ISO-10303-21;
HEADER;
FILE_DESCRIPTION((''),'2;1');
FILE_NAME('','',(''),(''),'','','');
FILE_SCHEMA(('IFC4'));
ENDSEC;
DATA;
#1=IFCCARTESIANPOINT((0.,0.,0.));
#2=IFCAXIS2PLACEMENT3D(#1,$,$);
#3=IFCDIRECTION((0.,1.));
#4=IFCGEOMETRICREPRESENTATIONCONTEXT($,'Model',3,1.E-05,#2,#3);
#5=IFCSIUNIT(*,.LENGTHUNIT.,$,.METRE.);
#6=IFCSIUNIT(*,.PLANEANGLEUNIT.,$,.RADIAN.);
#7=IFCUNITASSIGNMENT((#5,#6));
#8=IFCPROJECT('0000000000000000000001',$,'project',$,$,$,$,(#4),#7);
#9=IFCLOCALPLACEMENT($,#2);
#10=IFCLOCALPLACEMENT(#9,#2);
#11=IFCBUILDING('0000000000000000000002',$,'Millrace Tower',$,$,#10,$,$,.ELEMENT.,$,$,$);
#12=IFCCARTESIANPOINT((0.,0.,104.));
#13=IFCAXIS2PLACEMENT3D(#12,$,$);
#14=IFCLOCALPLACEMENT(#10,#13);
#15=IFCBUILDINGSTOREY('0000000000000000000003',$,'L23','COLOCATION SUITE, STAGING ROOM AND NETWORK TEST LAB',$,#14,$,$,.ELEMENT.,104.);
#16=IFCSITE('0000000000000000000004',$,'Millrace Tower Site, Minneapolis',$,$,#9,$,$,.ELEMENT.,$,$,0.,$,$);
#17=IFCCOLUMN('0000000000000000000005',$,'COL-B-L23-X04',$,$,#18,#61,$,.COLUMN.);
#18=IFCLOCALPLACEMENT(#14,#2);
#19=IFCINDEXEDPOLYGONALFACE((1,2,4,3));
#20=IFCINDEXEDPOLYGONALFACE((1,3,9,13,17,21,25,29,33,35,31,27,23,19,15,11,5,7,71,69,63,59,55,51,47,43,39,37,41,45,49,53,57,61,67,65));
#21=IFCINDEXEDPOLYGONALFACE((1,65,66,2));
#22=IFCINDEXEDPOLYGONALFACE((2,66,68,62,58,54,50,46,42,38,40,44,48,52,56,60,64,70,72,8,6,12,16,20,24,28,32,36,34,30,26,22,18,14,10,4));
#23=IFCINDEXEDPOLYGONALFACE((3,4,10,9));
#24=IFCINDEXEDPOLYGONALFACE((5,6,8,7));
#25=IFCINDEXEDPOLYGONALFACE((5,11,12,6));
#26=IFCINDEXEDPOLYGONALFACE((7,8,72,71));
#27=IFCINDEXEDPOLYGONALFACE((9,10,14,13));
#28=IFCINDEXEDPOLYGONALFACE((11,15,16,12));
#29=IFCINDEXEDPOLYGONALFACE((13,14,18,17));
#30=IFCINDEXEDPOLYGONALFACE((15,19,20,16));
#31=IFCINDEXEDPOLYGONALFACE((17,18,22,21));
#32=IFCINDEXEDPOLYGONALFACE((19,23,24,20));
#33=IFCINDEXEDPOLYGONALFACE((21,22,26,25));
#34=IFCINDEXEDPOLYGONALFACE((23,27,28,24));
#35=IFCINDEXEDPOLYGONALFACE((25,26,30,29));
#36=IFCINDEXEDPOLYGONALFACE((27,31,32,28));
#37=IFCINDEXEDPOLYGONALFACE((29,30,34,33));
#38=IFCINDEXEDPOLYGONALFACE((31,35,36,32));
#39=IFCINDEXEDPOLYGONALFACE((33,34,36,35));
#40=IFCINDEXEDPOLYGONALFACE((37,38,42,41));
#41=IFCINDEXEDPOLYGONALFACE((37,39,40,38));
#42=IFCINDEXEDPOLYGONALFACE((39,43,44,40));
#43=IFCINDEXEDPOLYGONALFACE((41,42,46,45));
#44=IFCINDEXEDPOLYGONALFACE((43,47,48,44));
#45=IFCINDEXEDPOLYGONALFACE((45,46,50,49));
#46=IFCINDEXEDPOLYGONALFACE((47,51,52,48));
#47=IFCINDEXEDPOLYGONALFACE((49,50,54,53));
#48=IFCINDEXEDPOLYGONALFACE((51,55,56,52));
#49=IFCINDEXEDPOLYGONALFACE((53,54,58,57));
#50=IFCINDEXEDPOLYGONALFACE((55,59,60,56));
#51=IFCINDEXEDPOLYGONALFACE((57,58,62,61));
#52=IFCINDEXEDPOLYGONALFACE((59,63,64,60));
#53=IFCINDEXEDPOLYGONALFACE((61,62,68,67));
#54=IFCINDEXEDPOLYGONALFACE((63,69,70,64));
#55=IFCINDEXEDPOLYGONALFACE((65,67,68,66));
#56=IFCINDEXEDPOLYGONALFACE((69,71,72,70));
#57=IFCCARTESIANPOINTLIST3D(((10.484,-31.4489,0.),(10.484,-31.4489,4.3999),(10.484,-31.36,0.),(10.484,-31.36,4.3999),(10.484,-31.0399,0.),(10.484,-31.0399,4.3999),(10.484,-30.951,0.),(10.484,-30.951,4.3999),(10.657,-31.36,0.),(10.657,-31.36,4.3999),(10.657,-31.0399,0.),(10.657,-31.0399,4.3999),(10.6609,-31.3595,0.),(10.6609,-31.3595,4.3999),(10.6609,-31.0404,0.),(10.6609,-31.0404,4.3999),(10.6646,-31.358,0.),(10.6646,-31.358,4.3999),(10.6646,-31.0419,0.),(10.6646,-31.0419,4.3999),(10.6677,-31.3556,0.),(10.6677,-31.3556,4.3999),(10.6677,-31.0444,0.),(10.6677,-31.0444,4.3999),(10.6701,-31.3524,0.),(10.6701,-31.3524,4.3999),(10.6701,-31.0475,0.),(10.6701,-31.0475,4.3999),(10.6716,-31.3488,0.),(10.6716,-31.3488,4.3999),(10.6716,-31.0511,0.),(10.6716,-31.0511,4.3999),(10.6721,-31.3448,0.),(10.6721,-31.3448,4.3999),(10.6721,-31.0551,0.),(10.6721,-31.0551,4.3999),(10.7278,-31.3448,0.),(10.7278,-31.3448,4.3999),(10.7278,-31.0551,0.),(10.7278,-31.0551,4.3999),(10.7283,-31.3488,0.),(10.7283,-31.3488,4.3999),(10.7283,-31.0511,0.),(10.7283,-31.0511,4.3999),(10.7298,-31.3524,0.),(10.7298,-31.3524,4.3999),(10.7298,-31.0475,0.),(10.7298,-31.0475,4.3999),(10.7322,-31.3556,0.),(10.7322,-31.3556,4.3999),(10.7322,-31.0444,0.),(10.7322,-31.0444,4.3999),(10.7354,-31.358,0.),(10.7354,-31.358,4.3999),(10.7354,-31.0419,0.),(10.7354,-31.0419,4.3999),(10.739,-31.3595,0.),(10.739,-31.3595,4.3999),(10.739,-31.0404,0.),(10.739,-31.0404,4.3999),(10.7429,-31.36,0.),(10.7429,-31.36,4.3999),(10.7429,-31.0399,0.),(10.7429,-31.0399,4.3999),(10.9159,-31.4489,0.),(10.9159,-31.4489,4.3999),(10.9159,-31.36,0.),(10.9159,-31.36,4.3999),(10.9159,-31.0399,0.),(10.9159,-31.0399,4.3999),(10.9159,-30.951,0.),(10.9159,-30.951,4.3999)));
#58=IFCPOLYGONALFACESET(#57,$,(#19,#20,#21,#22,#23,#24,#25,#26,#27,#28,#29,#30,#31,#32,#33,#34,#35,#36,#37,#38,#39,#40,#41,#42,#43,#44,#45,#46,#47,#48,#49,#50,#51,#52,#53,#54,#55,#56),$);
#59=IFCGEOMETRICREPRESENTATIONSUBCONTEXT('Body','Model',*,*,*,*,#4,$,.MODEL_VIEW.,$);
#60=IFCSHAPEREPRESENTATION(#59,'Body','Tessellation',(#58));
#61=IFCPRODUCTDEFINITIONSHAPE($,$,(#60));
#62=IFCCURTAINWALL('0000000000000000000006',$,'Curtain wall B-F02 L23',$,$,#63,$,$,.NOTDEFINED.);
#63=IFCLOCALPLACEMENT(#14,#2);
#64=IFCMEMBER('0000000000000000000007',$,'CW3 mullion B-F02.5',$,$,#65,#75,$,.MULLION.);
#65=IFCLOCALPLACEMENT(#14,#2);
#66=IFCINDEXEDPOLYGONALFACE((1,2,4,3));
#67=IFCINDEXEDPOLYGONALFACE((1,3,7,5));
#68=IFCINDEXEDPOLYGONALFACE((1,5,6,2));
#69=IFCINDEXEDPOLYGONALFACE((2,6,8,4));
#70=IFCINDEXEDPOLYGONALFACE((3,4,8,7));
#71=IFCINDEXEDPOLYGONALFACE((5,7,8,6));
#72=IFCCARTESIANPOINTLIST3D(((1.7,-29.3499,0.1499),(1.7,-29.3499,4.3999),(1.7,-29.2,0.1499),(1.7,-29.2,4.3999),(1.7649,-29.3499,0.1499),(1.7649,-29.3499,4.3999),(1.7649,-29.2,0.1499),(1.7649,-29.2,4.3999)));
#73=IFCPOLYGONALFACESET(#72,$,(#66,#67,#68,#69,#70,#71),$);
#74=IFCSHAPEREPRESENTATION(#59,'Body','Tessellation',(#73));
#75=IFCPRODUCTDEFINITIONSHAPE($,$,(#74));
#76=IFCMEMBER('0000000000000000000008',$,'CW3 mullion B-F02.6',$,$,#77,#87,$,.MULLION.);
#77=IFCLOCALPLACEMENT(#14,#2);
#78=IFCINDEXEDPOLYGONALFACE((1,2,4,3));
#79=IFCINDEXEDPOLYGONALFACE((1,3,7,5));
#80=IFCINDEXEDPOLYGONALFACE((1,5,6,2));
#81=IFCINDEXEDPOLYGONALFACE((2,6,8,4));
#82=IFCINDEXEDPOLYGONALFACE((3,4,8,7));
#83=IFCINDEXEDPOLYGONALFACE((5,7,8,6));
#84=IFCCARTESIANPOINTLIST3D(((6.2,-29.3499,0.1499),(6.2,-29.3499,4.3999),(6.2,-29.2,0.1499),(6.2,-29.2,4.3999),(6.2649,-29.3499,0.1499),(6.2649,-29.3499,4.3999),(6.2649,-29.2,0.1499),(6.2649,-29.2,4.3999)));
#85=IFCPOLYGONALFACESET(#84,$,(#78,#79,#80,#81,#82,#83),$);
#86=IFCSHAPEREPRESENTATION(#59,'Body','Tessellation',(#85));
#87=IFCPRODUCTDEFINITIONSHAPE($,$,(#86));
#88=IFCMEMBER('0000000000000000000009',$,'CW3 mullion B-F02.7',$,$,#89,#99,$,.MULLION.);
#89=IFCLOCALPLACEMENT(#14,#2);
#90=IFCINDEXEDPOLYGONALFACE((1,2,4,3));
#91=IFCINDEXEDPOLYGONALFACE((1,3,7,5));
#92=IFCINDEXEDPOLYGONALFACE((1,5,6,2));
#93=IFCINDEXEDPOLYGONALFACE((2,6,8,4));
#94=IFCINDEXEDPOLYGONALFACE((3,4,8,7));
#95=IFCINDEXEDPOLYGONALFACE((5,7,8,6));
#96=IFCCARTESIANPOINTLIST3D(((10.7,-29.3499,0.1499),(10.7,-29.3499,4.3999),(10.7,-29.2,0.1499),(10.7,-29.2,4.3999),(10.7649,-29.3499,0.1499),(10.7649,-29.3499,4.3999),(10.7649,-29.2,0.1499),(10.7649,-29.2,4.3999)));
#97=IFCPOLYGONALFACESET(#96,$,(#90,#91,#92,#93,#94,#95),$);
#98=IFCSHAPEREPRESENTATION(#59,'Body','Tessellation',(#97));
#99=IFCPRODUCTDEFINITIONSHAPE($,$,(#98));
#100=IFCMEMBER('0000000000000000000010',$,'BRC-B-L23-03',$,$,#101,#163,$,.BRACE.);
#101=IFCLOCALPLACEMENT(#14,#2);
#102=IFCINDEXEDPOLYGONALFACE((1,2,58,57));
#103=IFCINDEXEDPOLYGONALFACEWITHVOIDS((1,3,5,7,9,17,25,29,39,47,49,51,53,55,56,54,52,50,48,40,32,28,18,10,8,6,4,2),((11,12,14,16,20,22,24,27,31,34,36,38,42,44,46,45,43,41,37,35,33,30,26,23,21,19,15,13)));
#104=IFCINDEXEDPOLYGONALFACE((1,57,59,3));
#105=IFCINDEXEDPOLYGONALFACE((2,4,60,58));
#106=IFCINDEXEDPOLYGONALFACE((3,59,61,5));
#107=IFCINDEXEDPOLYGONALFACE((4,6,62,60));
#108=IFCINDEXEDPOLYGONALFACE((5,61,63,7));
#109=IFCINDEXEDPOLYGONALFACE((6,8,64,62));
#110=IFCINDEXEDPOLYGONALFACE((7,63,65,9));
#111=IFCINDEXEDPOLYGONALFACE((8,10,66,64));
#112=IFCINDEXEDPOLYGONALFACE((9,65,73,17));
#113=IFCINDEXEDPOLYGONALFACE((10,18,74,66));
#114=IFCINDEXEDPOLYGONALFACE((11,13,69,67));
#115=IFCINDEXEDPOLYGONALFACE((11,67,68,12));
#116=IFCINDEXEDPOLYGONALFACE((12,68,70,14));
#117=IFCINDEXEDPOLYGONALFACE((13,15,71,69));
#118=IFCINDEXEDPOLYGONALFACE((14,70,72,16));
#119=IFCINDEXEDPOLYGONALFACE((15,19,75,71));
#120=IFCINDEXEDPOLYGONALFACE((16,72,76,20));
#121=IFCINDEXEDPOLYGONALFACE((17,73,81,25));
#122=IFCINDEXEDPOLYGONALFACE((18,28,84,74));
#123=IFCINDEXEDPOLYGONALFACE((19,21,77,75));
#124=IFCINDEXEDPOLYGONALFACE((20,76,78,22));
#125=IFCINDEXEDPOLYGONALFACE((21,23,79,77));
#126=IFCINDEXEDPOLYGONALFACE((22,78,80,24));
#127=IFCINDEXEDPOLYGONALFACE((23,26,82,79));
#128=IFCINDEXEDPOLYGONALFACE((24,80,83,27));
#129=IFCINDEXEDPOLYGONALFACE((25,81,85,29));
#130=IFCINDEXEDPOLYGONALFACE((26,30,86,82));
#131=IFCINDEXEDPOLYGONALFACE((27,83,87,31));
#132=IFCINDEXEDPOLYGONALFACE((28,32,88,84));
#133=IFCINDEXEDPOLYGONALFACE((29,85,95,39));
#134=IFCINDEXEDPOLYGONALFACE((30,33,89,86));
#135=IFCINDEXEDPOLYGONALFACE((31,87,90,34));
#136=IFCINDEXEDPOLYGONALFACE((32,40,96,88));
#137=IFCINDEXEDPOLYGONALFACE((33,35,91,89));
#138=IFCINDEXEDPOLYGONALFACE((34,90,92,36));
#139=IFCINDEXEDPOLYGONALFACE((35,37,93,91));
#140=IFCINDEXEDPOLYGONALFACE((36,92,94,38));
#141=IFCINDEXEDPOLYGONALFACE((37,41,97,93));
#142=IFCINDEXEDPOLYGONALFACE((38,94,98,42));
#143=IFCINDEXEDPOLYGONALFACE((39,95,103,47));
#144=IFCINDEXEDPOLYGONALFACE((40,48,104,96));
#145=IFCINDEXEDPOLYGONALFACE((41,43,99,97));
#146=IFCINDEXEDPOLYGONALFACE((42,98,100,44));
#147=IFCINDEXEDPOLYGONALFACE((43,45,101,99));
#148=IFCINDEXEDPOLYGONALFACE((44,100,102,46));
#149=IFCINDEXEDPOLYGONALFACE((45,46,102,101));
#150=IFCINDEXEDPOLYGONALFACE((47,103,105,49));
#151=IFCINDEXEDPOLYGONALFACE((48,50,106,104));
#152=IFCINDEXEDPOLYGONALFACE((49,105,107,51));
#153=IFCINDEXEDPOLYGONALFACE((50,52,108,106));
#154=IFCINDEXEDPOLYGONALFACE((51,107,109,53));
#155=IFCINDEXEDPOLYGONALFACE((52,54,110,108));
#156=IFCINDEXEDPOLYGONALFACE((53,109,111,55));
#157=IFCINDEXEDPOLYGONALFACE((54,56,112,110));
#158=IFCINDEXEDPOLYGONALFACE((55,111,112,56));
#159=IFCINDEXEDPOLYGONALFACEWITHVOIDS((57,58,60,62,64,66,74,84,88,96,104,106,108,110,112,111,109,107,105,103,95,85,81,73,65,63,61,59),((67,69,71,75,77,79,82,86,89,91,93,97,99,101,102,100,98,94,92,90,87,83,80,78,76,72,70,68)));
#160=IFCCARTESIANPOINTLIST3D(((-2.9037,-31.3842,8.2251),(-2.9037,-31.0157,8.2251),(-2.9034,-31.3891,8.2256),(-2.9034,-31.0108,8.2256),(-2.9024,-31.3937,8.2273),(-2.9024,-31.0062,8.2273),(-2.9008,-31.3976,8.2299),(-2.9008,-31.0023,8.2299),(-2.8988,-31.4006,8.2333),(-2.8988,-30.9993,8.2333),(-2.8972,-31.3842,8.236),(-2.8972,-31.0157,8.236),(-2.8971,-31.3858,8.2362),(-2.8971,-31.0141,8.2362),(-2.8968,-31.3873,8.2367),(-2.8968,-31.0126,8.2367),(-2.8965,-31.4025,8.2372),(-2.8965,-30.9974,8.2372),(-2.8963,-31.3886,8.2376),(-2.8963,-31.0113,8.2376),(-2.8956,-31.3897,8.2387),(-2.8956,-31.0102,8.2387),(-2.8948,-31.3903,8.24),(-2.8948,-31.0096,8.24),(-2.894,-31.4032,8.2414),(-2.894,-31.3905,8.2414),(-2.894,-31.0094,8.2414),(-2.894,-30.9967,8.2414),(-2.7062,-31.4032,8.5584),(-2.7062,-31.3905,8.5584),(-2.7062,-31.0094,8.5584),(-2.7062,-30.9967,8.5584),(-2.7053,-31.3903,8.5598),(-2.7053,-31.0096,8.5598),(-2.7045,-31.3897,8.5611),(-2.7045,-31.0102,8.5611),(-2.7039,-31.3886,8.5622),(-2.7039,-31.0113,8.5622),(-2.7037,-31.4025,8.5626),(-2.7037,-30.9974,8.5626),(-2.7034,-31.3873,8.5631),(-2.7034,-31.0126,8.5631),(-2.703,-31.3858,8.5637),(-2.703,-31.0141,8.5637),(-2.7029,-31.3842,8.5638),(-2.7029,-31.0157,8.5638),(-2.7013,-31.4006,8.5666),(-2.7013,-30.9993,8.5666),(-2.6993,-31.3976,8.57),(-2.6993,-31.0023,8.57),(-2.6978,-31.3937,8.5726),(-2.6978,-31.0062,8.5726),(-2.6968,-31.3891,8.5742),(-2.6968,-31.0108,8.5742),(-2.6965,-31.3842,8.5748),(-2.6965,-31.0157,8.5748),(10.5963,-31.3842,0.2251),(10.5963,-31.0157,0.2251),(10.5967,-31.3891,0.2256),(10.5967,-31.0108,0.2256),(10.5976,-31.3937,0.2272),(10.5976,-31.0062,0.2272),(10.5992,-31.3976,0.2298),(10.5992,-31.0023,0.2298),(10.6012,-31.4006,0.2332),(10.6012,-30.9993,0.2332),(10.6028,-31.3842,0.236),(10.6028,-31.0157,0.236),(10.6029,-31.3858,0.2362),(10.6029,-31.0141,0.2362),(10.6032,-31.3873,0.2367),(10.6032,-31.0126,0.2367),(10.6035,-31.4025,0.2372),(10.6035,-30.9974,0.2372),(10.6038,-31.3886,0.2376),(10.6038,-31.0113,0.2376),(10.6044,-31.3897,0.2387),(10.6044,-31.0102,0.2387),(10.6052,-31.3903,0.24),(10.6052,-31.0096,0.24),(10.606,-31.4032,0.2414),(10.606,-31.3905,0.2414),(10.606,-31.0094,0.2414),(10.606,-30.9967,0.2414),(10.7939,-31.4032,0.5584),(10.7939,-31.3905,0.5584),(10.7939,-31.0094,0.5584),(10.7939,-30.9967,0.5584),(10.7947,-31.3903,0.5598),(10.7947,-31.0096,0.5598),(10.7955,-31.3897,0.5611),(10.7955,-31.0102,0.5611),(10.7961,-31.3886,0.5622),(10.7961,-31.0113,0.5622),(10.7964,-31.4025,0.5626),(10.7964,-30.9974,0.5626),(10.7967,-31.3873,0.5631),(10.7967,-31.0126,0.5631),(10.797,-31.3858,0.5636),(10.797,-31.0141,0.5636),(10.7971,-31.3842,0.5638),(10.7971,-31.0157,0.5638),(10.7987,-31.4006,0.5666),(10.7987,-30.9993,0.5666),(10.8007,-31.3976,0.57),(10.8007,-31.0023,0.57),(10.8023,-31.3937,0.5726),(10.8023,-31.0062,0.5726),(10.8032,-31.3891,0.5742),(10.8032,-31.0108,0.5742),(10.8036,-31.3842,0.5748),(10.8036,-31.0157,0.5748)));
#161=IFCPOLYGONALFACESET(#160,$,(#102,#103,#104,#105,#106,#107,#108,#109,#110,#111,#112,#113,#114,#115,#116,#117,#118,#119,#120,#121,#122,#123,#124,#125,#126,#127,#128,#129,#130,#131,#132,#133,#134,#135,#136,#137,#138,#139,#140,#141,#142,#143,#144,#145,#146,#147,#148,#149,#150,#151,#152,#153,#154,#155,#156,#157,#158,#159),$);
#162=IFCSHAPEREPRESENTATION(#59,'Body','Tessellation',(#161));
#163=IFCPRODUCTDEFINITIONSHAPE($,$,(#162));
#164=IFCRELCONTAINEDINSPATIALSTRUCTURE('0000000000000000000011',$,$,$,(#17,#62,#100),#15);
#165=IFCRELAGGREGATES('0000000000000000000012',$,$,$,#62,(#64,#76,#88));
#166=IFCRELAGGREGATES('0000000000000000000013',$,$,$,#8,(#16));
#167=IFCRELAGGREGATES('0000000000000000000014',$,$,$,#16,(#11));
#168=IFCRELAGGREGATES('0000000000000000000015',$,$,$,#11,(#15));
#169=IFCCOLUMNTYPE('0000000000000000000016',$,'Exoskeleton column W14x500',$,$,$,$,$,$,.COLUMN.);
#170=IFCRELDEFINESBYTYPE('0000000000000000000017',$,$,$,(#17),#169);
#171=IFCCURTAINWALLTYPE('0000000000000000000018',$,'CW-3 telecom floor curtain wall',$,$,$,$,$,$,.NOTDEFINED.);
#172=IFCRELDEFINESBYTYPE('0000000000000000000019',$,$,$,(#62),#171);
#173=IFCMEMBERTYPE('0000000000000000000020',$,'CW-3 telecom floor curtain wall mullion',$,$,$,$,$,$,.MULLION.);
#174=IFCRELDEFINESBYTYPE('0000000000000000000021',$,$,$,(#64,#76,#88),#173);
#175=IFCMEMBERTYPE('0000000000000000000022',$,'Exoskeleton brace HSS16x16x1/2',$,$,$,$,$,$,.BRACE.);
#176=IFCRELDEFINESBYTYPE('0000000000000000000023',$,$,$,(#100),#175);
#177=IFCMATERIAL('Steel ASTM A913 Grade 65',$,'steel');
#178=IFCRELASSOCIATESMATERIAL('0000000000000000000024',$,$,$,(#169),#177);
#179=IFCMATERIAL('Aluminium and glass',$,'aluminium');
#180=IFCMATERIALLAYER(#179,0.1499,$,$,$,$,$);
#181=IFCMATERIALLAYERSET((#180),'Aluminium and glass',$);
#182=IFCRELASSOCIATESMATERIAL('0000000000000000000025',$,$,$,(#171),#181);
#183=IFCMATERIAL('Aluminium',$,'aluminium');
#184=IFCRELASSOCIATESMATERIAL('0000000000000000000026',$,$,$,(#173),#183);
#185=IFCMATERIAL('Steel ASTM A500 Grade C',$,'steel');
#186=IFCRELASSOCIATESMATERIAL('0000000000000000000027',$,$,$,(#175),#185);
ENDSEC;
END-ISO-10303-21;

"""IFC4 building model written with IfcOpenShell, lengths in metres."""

from ifc_helpers import new_model, si_unit, direction, frame, origin, origin_2d, place, context, subcontext, project, spatial, rectangle, hollow_rectangle, i_section, extrude, material, layer, layer_set, material_profile, profile_set, type_object, element, aggregate, save


model = new_model("IFC4")

# Units and contexts
model_context = context("Model", 3, precision=1e-05, world=origin(), true_north=direction((0.0, 1.0)))
body_context = subcontext(model_context, "Body", "Model", "MODEL_VIEW")
ifc_project = project(units=[si_unit("LENGTHUNIT", "METRE"), si_unit("PLANEANGLEUNIT", "RADIAN")], contexts=[model_context])

# Site, building, storey
site_placement = place(None, origin())
site = spatial("IfcSite", under=ifc_project, at=site_placement, Name="Millrace Tower Site, Minneapolis", CompositionType="ELEMENT", RefElevation=0.0)
building_placement = place(site_placement, origin())
building = spatial("IfcBuilding", under=site, at=building_placement, Name="Millrace Tower", CompositionType="ELEMENT")
storey_placement = place(building_placement, frame((0.0, 0.0, 104.0)))
storey = spatial("IfcBuildingStorey", under=building, at=storey_placement, Name="L23", Description="COLOCATION SUITE, STAGING ROOM AND NETWORK TEST LAB", CompositionType="ELEMENT", Elevation=104.0)

# Column
ifc_material_1 = material(Name="Steel ASTM A913 Grade 65", Category="steel")
ifc_material_profile_1 = material_profile(ifc_material_1, i_section(OverallWidth=0.4319, OverallDepth=0.4978, WebThickness=0.0557, FlangeThickness=0.0889, FilletRadius=0.0151, at=origin_2d()))
ifc_profile_set_1 = profile_set([ifc_material_profile_1], Name="Steel ASTM A913 Grade 65")
column_type = type_object("IfcColumnType", Name="Exoskeleton column W14x500", PredefinedType="COLUMN", material=ifc_profile_set_1)
column_placement = place(storey_placement, frame((10.7, -31.2, 0.0), z_axis=(0.0, 0.0, 1.0), x_axis=(1.0, 0.0, 0.0)))
element("IfcColumn", 1, at=column_placement, inside=storey, type_object=column_type, Name="COL-B-L23-X04", PredefinedType="COLUMN", context=body_context, shape_type="SweptSolid", body=[
    extrude(i_section(OverallWidth=0.4319, OverallDepth=0.4978, WebThickness=0.0557, FlangeThickness=0.0889, FilletRadius=0.0151, at=origin_2d()), origin(), (0.0, 0.0, 1.0), 4.3999),
])

# Curtain wall, members
ifc_material_2 = material(Name="Aluminium and glass", Category="aluminium")
ifc_layer_1 = layer(ifc_material_2, 0.1499)
ifc_layer_set_1 = layer_set([ifc_layer_1], Name="Aluminium and glass")
curtain_wall_type = type_object("IfcCurtainWallType", Name="CW-3 telecom floor curtain wall", PredefinedType="NOTDEFINED", material=ifc_layer_set_1)
curtain_wall_placement = place(storey_placement, origin())
curtain_wall = element("IfcCurtainWall", 2, at=curtain_wall_placement, inside=storey, type_object=curtain_wall_type, Name="Curtain wall B-F02 L23", PredefinedType="NOTDEFINED")
ifc_material_3 = material(Name="Aluminium", Category="aluminium")
ifc_material_profile_2 = material_profile(ifc_material_3, rectangle(XDim=0.0649, YDim=0.1499, at=origin_2d()))
ifc_profile_set_2 = profile_set([ifc_material_profile_2], Name="Aluminium")
member_type_1 = type_object("IfcMemberType", Name="CW-3 telecom floor curtain wall mullion", PredefinedType="MULLION", material=ifc_profile_set_2)
member_1_placement = place(storey_placement, frame((1.7324, -29.2749, 0.1499), z_axis=(0.0, 0.0, 1.0), x_axis=(1.0, 0.0, 0.0)))
member_1 = element("IfcMember", 3, at=member_1_placement, type_object=member_type_1, Name="CW3 mullion B-F02.5", PredefinedType="MULLION", context=body_context, shape_type="SweptSolid", body=[
    extrude(rectangle(XDim=0.0649, YDim=0.1499, at=origin_2d()), origin(), (0.0, 0.0, 1.0), 4.25),
])
member_2_placement = place(storey_placement, frame((6.2324, -29.2749, 0.1499), z_axis=(0.0, 0.0, 1.0), x_axis=(1.0, 0.0, 0.0)))
member_2 = element("IfcMember", 4, at=member_2_placement, type_object=member_type_1, Name="CW3 mullion B-F02.6", PredefinedType="MULLION", context=body_context, shape_type="SweptSolid", body=[
    extrude(rectangle(XDim=0.0649, YDim=0.1499, at=origin_2d()), origin(), (0.0, 0.0, 1.0), 4.25),
])
member_3_placement = place(storey_placement, frame((10.7324, -29.2749, 0.1499), z_axis=(0.0, 0.0, 1.0), x_axis=(1.0, 0.0, 0.0)))
member_3 = element("IfcMember", 5, at=member_3_placement, type_object=member_type_1, Name="CW3 mullion B-F02.7", PredefinedType="MULLION", context=body_context, shape_type="SweptSolid", body=[
    extrude(rectangle(XDim=0.0649, YDim=0.1499, at=origin_2d()), origin(), (0.0, 0.0, 1.0), 4.25),
])
aggregate(curtain_wall, [member_1, member_2, member_3])

# Member
ifc_material_4 = material(Name="Steel ASTM A500 Grade C", Category="steel")
ifc_material_profile_3 = material_profile(ifc_material_4, hollow_rectangle(XDim=0.4065, YDim=0.4065, WallThickness=0.0127, InnerFilletRadius=0.0063, OuterFilletRadius=0.019, at=origin_2d()))
ifc_profile_set_3 = profile_set([ifc_material_profile_3], Name="Steel ASTM A500 Grade C")
member_type_2 = type_object("IfcMemberType", Name="Exoskeleton brace HSS16x16x1/2", PredefinedType="BRACE", material=ifc_profile_set_3)
member_4_placement = place(storey_placement, frame((10.7, -31.2, 0.3999), z_axis=(-0.860292, 0.0, 0.509802), x_axis=(0.0, -1.0, 0.0)))
element("IfcMember", 6, at=member_4_placement, inside=storey, type_object=member_type_2, Name="BRC-B-L23-03", PredefinedType="BRACE", context=body_context, shape_type="SweptSolid", body=[
    extrude(hollow_rectangle(XDim=0.4065, YDim=0.4065, WallThickness=0.0127, InnerFilletRadius=0.0063, OuterFilletRadius=0.019, at=origin_2d()), origin(), (0.0, 0.0, 1.0), 15.6924),
])

save(model, "model.ifc")
